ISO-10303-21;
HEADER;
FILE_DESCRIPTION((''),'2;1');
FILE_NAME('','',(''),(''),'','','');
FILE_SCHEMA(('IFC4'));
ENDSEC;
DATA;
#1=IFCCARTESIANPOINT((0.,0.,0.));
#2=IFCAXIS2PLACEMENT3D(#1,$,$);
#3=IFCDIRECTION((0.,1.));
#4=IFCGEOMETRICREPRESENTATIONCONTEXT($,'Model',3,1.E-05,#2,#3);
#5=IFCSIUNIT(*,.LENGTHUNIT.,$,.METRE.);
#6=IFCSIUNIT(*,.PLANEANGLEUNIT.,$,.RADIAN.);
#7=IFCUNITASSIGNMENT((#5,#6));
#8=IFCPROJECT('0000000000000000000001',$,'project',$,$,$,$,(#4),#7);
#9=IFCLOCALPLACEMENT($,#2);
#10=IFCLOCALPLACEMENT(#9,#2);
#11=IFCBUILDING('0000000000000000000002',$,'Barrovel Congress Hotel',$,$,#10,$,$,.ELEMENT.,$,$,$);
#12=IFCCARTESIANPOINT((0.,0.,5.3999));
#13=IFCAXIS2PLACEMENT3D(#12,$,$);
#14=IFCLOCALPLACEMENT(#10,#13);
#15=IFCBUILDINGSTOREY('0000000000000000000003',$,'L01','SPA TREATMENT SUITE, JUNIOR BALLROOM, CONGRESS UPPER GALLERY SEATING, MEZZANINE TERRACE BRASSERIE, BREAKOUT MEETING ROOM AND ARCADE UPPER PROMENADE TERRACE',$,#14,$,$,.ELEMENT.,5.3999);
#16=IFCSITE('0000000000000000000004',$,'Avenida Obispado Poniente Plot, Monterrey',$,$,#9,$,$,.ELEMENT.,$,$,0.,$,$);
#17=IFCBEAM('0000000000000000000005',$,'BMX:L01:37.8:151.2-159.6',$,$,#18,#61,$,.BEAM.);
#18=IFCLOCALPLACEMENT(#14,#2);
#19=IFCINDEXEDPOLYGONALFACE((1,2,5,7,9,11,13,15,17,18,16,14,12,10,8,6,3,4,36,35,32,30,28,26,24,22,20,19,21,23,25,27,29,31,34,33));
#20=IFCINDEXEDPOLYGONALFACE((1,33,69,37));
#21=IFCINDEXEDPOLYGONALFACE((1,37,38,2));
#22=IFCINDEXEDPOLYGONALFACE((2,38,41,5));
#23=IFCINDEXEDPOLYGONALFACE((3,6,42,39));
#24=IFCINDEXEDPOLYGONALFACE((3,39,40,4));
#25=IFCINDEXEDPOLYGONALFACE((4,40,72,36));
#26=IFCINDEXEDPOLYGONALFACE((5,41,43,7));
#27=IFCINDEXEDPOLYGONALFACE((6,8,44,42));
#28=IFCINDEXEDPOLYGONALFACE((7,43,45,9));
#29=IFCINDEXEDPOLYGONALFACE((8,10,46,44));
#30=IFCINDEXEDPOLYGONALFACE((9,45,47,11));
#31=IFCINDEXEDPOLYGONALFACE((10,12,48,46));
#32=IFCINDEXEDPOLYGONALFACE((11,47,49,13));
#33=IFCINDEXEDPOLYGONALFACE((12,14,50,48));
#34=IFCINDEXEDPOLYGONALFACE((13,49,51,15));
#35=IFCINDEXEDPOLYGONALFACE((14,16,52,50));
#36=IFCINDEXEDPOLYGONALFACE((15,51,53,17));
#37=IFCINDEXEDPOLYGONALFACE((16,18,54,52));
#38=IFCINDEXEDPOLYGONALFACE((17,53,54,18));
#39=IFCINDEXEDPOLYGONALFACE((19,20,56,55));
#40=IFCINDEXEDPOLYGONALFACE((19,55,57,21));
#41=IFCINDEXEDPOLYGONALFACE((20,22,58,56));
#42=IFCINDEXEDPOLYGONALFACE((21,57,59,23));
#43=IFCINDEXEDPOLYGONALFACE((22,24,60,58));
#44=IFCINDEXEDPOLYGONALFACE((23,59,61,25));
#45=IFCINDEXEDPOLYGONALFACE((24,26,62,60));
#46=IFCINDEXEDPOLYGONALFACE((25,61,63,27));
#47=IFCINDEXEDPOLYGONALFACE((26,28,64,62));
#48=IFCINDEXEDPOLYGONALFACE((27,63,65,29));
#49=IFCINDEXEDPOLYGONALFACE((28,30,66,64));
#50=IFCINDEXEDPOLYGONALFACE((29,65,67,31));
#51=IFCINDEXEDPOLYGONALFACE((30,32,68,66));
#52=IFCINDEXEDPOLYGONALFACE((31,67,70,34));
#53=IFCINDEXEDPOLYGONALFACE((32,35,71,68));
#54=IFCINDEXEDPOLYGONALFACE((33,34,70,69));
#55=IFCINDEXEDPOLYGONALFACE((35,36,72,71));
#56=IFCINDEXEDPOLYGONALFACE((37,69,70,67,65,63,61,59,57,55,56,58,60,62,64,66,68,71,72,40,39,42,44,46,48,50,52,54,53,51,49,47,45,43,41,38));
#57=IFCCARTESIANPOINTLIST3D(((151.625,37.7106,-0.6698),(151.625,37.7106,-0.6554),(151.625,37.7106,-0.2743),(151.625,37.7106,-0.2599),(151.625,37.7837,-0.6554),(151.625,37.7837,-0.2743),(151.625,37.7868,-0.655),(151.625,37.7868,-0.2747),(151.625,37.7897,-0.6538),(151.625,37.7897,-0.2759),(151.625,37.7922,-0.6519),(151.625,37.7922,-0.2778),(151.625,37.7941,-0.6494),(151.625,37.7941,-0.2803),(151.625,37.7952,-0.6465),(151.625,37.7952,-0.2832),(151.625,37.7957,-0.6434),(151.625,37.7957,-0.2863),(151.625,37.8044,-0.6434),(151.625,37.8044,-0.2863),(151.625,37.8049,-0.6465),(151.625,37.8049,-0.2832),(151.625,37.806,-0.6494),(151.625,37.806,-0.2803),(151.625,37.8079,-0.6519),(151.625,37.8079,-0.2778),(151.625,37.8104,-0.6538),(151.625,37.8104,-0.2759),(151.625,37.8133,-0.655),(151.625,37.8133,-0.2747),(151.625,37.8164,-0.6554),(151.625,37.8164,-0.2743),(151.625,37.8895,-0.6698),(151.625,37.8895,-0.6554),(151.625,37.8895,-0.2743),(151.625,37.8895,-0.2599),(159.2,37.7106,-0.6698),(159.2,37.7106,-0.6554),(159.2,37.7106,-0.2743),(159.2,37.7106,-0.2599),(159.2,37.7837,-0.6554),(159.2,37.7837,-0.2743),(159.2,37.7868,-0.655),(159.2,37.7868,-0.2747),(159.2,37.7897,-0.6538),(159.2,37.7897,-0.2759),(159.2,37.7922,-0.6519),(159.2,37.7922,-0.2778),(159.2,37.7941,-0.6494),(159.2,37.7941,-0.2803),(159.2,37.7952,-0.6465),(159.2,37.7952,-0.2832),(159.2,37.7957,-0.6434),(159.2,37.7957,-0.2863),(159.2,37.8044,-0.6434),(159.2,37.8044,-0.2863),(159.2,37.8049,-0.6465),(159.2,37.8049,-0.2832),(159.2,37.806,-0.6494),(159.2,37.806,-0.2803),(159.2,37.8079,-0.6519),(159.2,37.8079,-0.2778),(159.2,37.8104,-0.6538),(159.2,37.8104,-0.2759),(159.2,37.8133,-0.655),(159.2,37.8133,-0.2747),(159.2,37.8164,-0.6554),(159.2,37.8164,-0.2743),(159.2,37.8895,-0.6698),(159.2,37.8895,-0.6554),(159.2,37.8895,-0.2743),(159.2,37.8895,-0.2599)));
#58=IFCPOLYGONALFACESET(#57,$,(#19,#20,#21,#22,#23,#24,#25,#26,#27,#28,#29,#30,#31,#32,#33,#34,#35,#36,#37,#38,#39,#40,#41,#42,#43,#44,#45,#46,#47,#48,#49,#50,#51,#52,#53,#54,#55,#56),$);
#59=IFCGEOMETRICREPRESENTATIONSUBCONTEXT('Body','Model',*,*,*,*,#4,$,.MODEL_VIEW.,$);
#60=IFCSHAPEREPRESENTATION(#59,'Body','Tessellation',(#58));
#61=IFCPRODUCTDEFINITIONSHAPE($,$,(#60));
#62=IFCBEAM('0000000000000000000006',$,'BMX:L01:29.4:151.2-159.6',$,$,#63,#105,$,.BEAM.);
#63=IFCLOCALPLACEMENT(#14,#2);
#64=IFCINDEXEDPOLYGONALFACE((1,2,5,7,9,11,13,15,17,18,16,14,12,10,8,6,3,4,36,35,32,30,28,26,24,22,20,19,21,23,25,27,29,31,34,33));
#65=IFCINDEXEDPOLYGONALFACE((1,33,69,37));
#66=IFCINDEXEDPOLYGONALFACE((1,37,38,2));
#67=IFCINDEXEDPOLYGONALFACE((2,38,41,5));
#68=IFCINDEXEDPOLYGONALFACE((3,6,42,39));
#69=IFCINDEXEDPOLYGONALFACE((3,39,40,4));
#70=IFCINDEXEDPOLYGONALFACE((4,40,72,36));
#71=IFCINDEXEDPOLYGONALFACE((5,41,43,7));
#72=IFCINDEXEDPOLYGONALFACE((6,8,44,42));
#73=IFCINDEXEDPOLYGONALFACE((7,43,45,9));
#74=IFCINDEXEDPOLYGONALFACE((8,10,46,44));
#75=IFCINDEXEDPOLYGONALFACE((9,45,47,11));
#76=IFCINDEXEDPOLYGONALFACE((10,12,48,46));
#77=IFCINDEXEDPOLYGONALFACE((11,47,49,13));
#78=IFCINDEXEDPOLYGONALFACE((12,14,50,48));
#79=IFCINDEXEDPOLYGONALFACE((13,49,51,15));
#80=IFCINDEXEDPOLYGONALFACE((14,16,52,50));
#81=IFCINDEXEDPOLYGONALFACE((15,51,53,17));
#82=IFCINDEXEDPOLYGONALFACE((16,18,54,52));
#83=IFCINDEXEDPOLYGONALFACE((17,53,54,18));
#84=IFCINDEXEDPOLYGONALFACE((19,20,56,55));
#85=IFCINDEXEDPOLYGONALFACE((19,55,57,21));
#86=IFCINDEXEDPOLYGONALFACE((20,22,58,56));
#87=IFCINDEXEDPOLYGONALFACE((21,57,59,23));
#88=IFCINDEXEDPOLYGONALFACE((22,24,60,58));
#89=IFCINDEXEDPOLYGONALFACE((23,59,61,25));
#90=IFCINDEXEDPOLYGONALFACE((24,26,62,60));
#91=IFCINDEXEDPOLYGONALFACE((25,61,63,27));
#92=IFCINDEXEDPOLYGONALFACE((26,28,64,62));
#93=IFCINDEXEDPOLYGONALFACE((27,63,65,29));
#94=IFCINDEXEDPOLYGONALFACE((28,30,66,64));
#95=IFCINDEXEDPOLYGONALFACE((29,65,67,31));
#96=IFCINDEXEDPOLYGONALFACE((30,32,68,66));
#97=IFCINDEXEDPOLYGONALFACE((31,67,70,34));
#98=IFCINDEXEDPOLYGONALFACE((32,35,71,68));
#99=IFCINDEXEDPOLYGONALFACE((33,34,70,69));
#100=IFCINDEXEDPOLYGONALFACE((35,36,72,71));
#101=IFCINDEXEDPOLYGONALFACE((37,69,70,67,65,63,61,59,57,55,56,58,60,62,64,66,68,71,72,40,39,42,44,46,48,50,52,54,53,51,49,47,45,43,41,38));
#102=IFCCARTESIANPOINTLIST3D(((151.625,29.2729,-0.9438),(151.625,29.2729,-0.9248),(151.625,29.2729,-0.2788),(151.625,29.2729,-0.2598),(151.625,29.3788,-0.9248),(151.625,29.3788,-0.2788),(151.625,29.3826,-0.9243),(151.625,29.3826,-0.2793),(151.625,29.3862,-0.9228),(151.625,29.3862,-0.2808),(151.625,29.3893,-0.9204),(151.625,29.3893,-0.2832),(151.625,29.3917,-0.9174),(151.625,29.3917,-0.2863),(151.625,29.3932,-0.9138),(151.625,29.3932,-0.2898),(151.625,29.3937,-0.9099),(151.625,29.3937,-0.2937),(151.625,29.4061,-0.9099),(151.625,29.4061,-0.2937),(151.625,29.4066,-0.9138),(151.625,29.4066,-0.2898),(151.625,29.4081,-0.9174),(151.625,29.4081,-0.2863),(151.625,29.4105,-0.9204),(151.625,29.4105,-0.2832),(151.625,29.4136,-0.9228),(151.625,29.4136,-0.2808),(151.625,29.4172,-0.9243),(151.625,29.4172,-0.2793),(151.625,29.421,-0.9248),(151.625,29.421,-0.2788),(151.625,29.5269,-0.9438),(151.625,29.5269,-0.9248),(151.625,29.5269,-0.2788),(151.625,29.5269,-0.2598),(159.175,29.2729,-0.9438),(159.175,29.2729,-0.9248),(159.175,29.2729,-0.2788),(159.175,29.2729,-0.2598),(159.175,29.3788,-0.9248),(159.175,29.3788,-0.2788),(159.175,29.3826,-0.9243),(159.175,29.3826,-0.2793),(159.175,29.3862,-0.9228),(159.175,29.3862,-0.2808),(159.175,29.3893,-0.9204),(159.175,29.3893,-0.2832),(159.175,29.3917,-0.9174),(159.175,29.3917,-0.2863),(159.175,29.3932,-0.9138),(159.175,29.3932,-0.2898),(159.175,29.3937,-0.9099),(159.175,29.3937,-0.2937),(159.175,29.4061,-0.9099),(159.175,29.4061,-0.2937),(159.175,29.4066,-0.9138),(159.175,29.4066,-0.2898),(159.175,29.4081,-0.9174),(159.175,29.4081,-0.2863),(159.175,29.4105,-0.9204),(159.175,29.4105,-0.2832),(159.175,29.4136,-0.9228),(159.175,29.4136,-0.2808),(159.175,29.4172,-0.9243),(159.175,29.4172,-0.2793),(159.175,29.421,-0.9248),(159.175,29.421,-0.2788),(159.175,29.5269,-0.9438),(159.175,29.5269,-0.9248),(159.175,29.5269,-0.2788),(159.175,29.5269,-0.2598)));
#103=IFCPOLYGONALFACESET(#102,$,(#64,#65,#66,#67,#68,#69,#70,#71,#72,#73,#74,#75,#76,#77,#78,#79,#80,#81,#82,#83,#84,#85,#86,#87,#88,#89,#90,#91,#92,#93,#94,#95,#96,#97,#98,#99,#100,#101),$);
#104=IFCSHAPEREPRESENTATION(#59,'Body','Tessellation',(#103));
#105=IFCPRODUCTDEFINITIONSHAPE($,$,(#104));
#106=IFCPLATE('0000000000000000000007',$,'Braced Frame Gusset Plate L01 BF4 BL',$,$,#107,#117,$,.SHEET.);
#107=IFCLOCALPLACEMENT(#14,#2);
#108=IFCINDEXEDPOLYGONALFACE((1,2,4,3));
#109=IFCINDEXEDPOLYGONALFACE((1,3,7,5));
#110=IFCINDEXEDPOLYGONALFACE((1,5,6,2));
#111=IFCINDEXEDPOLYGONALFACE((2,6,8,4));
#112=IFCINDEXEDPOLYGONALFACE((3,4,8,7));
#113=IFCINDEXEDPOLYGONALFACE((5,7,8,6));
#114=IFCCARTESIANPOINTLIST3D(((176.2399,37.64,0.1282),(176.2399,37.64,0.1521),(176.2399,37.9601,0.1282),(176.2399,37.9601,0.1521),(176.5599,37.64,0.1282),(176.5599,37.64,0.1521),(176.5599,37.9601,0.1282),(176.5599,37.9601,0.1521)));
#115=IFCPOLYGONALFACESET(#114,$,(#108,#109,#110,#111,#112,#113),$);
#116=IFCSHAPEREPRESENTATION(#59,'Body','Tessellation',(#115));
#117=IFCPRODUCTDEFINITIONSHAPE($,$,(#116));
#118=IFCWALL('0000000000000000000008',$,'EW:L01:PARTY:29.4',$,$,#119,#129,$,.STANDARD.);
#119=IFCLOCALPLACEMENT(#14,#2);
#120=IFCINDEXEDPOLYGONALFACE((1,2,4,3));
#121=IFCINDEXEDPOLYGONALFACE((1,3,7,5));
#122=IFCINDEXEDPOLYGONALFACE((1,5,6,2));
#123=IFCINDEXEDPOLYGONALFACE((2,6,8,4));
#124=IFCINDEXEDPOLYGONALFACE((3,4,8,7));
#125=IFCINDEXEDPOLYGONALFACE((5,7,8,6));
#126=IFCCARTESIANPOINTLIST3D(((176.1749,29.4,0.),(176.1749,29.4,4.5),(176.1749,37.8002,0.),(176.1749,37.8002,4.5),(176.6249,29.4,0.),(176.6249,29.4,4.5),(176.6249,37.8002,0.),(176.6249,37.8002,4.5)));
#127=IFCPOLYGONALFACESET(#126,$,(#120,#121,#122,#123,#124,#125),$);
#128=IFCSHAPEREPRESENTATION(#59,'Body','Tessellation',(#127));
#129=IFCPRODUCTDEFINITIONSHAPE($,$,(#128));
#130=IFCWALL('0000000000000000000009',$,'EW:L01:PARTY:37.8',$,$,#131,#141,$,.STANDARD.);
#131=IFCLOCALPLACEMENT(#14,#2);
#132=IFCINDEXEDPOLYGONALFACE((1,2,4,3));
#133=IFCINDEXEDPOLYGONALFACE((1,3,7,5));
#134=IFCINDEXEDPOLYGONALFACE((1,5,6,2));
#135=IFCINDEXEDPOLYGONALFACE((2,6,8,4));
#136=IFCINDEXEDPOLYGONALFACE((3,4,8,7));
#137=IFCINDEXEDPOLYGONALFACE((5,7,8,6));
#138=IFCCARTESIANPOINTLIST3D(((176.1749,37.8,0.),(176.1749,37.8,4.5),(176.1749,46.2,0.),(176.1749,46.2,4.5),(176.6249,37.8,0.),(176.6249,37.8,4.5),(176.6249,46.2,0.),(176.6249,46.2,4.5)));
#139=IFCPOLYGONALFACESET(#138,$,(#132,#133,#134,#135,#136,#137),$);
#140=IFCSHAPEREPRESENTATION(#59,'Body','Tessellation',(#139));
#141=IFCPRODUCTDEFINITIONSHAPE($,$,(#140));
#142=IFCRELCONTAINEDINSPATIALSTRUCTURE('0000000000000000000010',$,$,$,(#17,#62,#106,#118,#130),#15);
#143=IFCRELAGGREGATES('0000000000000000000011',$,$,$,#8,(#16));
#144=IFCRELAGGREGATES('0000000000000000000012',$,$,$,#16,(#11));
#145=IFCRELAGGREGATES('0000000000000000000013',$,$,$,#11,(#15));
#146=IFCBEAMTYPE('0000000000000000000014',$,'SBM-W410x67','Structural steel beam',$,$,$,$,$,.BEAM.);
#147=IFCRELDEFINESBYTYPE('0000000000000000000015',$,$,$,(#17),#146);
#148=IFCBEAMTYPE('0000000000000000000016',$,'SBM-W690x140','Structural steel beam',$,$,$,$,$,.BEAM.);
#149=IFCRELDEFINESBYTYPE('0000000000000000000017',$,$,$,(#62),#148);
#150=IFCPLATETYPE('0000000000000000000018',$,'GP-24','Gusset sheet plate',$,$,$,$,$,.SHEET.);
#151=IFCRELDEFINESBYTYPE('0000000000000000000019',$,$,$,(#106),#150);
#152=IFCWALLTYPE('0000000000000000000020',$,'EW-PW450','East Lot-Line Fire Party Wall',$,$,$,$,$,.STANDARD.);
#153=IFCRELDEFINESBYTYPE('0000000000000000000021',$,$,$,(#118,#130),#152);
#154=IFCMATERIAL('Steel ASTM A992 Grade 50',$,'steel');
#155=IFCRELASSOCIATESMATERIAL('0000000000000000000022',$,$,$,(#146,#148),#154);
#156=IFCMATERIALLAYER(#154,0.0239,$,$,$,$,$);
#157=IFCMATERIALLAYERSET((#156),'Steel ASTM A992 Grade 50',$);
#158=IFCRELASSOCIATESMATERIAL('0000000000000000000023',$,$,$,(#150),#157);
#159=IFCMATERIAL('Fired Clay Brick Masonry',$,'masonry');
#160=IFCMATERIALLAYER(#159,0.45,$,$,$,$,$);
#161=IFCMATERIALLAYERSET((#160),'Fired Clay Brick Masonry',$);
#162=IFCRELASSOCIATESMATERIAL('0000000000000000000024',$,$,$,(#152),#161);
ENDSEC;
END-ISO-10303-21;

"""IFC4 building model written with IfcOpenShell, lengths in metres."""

from ifc_helpers import new_model, si_unit, direction, frame, frame_2d, origin, origin_2d, place, context, subcontext, project, spatial, rectangle, i_section, extrude, material, layer, layer_set, material_profile, profile_set, type_object, element, save


model = new_model("IFC4")

# Units and contexts
model_context = context("Model", 3, precision=1e-05, world=origin(), true_north=direction((0.0, 1.0)))
body_context = subcontext(model_context, "Body", "Model", "MODEL_VIEW")
ifc_project = project(units=[si_unit("LENGTHUNIT", "METRE"), si_unit("PLANEANGLEUNIT", "RADIAN")], contexts=[model_context])

# Site, building, storey
site_placement = place(None, origin())
site = spatial("IfcSite", under=ifc_project, at=site_placement, Name="Avenida Obispado Poniente Plot, Monterrey", CompositionType="ELEMENT", RefElevation=0.0)
building_placement = place(site_placement, origin())
building = spatial("IfcBuilding", under=site, at=building_placement, Name="Barrovel Congress Hotel", CompositionType="ELEMENT")
storey_placement = place(building_placement, frame((0.0, 0.0, 5.3999)))
storey = spatial("IfcBuildingStorey", under=building, at=storey_placement, Name="L01", Description="SPA TREATMENT SUITE, JUNIOR BALLROOM, CONGRESS UPPER GALLERY SEATING, MEZZANINE TERRACE BRASSERIE, BREAKOUT MEETING ROOM AND ARCADE UPPER PROMENADE TERRACE", CompositionType="ELEMENT", Elevation=5.3999)

# Beams
ifc_material_1 = material(Name="Steel ASTM A992 Grade 50", Category="steel")
ifc_material_profile_1 = material_profile(ifc_material_1, i_section(OverallWidth=0.179, OverallDepth=0.4099, WebThickness=0.0088, FlangeThickness=0.0144, FilletRadius=0.012, at=origin_2d()), Name="W410x67")
ifc_profile_set_1 = profile_set([ifc_material_profile_1], Name="Steel ASTM A992 Grade 50")
beam_type_1 = type_object("IfcBeamType", Name="SBM-W410x67", Description="Structural steel beam", PredefinedType="BEAM", material=ifc_profile_set_1)
beam_1_placement = place(storey_placement, frame((151.625, 37.8, -0.4648), z_axis=(1.0, 0.0, 0.0), x_axis=(0.0, 1.0, 0.0)))
element("IfcBeam", 1, at=beam_1_placement, inside=storey, type_object=beam_type_1, Name="BMX:L01:37.8:151.2-159.6", PredefinedType="BEAM", context=body_context, shape_type="SweptSolid", body=[
    extrude(i_section(OverallWidth=0.179, OverallDepth=0.4099, WebThickness=0.0088, FlangeThickness=0.0144, FilletRadius=0.012, at=origin_2d()), origin(), (0.0, 0.0, 1.0), 7.575),
])
ifc_material_profile_2 = material_profile(ifc_material_1, i_section(OverallWidth=0.2539, OverallDepth=0.6841, WebThickness=0.0125, FlangeThickness=0.019, FilletRadius=0.0149, at=origin_2d()), Name="W690x140")
ifc_profile_set_2 = profile_set([ifc_material_profile_2], Name="Steel ASTM A992 Grade 50")
beam_type_2 = type_object("IfcBeamType", Name="SBM-W690x140", Description="Structural steel beam", PredefinedType="BEAM", material=ifc_profile_set_2)
beam_2_placement = place(storey_placement, frame((151.625, 29.3999, -0.6018), z_axis=(1.0, 0.0, 0.0), x_axis=(0.0, 1.0, 0.0)))
element("IfcBeam", 2, at=beam_2_placement, inside=storey, type_object=beam_type_2, Name="BMX:L01:29.4:151.2-159.6", PredefinedType="BEAM", context=body_context, shape_type="SweptSolid", body=[
    extrude(i_section(OverallWidth=0.2539, OverallDepth=0.6841, WebThickness=0.0125, FlangeThickness=0.019, FilletRadius=0.0149, at=origin_2d()), origin(), (0.0, 0.0, 1.0), 7.55),
])

# Plate
ifc_layer_1 = layer(ifc_material_1, 0.0239)
ifc_layer_set_1 = layer_set([ifc_layer_1], Name="Steel ASTM A992 Grade 50")
plate_type = type_object("IfcPlateType", Name="GP-24", Description="Gusset sheet plate", PredefinedType="SHEET", material=ifc_layer_set_1)
plate_placement = place(storey_placement, frame((176.3999, 37.8, 0.1282), z_axis=(0.0, 0.0, 1.0), x_axis=(1.0, 0.0, 0.0)))
element("IfcPlate", 3, at=plate_placement, inside=storey, type_object=plate_type, Name="Braced Frame Gusset Plate L01 BF4 BL", PredefinedType="SHEET", context=body_context, shape_type="SweptSolid", body=[
    extrude(rectangle(XDim=0.3201, YDim=0.3201, at=origin_2d()), origin(), (0.0, 0.0, 1.0), 0.0239),
])

# Walls
ifc_material_2 = material(Name="Fired Clay Brick Masonry", Category="masonry")
ifc_layer_2 = layer(ifc_material_2, 0.45)
ifc_layer_set_2 = layer_set([ifc_layer_2], Name="Fired Clay Brick Masonry")
wall_type = type_object("IfcWallType", Name="EW-PW450", Description="East Lot-Line Fire Party Wall", PredefinedType="STANDARD", material=ifc_layer_set_2)
wall_1_placement = place(storey_placement, frame((176.3999, 29.3999, 0.0), z_axis=(0.0, 0.0, 1.0), x_axis=(0.0, 1.0, 0.0)))
element("IfcWall", 4, at=wall_1_placement, inside=storey, type_object=wall_type, Name="EW:L01:PARTY:29.4", PredefinedType="STANDARD", context=body_context, shape_type="SweptSolid", body=[
    extrude(rectangle(XDim=8.4001, YDim=0.45, at=frame_2d((4.2002, 0.0))), origin(), (0.0, 0.0, 1.0), 4.5),
])
wall_2_placement = place(storey_placement, frame((176.3999, 37.8, 0.0), z_axis=(0.0, 0.0, 1.0), x_axis=(0.0, 1.0, 0.0)))
element("IfcWall", 5, at=wall_2_placement, inside=storey, type_object=wall_type, Name="EW:L01:PARTY:37.8", PredefinedType="STANDARD", context=body_context, shape_type="SweptSolid", body=[
    extrude(rectangle(XDim=8.3999, YDim=0.45, at=frame_2d((4.2, 0.0))), origin(), (0.0, 0.0, 1.0), 4.5),
])

save(model, "model.ifc")
